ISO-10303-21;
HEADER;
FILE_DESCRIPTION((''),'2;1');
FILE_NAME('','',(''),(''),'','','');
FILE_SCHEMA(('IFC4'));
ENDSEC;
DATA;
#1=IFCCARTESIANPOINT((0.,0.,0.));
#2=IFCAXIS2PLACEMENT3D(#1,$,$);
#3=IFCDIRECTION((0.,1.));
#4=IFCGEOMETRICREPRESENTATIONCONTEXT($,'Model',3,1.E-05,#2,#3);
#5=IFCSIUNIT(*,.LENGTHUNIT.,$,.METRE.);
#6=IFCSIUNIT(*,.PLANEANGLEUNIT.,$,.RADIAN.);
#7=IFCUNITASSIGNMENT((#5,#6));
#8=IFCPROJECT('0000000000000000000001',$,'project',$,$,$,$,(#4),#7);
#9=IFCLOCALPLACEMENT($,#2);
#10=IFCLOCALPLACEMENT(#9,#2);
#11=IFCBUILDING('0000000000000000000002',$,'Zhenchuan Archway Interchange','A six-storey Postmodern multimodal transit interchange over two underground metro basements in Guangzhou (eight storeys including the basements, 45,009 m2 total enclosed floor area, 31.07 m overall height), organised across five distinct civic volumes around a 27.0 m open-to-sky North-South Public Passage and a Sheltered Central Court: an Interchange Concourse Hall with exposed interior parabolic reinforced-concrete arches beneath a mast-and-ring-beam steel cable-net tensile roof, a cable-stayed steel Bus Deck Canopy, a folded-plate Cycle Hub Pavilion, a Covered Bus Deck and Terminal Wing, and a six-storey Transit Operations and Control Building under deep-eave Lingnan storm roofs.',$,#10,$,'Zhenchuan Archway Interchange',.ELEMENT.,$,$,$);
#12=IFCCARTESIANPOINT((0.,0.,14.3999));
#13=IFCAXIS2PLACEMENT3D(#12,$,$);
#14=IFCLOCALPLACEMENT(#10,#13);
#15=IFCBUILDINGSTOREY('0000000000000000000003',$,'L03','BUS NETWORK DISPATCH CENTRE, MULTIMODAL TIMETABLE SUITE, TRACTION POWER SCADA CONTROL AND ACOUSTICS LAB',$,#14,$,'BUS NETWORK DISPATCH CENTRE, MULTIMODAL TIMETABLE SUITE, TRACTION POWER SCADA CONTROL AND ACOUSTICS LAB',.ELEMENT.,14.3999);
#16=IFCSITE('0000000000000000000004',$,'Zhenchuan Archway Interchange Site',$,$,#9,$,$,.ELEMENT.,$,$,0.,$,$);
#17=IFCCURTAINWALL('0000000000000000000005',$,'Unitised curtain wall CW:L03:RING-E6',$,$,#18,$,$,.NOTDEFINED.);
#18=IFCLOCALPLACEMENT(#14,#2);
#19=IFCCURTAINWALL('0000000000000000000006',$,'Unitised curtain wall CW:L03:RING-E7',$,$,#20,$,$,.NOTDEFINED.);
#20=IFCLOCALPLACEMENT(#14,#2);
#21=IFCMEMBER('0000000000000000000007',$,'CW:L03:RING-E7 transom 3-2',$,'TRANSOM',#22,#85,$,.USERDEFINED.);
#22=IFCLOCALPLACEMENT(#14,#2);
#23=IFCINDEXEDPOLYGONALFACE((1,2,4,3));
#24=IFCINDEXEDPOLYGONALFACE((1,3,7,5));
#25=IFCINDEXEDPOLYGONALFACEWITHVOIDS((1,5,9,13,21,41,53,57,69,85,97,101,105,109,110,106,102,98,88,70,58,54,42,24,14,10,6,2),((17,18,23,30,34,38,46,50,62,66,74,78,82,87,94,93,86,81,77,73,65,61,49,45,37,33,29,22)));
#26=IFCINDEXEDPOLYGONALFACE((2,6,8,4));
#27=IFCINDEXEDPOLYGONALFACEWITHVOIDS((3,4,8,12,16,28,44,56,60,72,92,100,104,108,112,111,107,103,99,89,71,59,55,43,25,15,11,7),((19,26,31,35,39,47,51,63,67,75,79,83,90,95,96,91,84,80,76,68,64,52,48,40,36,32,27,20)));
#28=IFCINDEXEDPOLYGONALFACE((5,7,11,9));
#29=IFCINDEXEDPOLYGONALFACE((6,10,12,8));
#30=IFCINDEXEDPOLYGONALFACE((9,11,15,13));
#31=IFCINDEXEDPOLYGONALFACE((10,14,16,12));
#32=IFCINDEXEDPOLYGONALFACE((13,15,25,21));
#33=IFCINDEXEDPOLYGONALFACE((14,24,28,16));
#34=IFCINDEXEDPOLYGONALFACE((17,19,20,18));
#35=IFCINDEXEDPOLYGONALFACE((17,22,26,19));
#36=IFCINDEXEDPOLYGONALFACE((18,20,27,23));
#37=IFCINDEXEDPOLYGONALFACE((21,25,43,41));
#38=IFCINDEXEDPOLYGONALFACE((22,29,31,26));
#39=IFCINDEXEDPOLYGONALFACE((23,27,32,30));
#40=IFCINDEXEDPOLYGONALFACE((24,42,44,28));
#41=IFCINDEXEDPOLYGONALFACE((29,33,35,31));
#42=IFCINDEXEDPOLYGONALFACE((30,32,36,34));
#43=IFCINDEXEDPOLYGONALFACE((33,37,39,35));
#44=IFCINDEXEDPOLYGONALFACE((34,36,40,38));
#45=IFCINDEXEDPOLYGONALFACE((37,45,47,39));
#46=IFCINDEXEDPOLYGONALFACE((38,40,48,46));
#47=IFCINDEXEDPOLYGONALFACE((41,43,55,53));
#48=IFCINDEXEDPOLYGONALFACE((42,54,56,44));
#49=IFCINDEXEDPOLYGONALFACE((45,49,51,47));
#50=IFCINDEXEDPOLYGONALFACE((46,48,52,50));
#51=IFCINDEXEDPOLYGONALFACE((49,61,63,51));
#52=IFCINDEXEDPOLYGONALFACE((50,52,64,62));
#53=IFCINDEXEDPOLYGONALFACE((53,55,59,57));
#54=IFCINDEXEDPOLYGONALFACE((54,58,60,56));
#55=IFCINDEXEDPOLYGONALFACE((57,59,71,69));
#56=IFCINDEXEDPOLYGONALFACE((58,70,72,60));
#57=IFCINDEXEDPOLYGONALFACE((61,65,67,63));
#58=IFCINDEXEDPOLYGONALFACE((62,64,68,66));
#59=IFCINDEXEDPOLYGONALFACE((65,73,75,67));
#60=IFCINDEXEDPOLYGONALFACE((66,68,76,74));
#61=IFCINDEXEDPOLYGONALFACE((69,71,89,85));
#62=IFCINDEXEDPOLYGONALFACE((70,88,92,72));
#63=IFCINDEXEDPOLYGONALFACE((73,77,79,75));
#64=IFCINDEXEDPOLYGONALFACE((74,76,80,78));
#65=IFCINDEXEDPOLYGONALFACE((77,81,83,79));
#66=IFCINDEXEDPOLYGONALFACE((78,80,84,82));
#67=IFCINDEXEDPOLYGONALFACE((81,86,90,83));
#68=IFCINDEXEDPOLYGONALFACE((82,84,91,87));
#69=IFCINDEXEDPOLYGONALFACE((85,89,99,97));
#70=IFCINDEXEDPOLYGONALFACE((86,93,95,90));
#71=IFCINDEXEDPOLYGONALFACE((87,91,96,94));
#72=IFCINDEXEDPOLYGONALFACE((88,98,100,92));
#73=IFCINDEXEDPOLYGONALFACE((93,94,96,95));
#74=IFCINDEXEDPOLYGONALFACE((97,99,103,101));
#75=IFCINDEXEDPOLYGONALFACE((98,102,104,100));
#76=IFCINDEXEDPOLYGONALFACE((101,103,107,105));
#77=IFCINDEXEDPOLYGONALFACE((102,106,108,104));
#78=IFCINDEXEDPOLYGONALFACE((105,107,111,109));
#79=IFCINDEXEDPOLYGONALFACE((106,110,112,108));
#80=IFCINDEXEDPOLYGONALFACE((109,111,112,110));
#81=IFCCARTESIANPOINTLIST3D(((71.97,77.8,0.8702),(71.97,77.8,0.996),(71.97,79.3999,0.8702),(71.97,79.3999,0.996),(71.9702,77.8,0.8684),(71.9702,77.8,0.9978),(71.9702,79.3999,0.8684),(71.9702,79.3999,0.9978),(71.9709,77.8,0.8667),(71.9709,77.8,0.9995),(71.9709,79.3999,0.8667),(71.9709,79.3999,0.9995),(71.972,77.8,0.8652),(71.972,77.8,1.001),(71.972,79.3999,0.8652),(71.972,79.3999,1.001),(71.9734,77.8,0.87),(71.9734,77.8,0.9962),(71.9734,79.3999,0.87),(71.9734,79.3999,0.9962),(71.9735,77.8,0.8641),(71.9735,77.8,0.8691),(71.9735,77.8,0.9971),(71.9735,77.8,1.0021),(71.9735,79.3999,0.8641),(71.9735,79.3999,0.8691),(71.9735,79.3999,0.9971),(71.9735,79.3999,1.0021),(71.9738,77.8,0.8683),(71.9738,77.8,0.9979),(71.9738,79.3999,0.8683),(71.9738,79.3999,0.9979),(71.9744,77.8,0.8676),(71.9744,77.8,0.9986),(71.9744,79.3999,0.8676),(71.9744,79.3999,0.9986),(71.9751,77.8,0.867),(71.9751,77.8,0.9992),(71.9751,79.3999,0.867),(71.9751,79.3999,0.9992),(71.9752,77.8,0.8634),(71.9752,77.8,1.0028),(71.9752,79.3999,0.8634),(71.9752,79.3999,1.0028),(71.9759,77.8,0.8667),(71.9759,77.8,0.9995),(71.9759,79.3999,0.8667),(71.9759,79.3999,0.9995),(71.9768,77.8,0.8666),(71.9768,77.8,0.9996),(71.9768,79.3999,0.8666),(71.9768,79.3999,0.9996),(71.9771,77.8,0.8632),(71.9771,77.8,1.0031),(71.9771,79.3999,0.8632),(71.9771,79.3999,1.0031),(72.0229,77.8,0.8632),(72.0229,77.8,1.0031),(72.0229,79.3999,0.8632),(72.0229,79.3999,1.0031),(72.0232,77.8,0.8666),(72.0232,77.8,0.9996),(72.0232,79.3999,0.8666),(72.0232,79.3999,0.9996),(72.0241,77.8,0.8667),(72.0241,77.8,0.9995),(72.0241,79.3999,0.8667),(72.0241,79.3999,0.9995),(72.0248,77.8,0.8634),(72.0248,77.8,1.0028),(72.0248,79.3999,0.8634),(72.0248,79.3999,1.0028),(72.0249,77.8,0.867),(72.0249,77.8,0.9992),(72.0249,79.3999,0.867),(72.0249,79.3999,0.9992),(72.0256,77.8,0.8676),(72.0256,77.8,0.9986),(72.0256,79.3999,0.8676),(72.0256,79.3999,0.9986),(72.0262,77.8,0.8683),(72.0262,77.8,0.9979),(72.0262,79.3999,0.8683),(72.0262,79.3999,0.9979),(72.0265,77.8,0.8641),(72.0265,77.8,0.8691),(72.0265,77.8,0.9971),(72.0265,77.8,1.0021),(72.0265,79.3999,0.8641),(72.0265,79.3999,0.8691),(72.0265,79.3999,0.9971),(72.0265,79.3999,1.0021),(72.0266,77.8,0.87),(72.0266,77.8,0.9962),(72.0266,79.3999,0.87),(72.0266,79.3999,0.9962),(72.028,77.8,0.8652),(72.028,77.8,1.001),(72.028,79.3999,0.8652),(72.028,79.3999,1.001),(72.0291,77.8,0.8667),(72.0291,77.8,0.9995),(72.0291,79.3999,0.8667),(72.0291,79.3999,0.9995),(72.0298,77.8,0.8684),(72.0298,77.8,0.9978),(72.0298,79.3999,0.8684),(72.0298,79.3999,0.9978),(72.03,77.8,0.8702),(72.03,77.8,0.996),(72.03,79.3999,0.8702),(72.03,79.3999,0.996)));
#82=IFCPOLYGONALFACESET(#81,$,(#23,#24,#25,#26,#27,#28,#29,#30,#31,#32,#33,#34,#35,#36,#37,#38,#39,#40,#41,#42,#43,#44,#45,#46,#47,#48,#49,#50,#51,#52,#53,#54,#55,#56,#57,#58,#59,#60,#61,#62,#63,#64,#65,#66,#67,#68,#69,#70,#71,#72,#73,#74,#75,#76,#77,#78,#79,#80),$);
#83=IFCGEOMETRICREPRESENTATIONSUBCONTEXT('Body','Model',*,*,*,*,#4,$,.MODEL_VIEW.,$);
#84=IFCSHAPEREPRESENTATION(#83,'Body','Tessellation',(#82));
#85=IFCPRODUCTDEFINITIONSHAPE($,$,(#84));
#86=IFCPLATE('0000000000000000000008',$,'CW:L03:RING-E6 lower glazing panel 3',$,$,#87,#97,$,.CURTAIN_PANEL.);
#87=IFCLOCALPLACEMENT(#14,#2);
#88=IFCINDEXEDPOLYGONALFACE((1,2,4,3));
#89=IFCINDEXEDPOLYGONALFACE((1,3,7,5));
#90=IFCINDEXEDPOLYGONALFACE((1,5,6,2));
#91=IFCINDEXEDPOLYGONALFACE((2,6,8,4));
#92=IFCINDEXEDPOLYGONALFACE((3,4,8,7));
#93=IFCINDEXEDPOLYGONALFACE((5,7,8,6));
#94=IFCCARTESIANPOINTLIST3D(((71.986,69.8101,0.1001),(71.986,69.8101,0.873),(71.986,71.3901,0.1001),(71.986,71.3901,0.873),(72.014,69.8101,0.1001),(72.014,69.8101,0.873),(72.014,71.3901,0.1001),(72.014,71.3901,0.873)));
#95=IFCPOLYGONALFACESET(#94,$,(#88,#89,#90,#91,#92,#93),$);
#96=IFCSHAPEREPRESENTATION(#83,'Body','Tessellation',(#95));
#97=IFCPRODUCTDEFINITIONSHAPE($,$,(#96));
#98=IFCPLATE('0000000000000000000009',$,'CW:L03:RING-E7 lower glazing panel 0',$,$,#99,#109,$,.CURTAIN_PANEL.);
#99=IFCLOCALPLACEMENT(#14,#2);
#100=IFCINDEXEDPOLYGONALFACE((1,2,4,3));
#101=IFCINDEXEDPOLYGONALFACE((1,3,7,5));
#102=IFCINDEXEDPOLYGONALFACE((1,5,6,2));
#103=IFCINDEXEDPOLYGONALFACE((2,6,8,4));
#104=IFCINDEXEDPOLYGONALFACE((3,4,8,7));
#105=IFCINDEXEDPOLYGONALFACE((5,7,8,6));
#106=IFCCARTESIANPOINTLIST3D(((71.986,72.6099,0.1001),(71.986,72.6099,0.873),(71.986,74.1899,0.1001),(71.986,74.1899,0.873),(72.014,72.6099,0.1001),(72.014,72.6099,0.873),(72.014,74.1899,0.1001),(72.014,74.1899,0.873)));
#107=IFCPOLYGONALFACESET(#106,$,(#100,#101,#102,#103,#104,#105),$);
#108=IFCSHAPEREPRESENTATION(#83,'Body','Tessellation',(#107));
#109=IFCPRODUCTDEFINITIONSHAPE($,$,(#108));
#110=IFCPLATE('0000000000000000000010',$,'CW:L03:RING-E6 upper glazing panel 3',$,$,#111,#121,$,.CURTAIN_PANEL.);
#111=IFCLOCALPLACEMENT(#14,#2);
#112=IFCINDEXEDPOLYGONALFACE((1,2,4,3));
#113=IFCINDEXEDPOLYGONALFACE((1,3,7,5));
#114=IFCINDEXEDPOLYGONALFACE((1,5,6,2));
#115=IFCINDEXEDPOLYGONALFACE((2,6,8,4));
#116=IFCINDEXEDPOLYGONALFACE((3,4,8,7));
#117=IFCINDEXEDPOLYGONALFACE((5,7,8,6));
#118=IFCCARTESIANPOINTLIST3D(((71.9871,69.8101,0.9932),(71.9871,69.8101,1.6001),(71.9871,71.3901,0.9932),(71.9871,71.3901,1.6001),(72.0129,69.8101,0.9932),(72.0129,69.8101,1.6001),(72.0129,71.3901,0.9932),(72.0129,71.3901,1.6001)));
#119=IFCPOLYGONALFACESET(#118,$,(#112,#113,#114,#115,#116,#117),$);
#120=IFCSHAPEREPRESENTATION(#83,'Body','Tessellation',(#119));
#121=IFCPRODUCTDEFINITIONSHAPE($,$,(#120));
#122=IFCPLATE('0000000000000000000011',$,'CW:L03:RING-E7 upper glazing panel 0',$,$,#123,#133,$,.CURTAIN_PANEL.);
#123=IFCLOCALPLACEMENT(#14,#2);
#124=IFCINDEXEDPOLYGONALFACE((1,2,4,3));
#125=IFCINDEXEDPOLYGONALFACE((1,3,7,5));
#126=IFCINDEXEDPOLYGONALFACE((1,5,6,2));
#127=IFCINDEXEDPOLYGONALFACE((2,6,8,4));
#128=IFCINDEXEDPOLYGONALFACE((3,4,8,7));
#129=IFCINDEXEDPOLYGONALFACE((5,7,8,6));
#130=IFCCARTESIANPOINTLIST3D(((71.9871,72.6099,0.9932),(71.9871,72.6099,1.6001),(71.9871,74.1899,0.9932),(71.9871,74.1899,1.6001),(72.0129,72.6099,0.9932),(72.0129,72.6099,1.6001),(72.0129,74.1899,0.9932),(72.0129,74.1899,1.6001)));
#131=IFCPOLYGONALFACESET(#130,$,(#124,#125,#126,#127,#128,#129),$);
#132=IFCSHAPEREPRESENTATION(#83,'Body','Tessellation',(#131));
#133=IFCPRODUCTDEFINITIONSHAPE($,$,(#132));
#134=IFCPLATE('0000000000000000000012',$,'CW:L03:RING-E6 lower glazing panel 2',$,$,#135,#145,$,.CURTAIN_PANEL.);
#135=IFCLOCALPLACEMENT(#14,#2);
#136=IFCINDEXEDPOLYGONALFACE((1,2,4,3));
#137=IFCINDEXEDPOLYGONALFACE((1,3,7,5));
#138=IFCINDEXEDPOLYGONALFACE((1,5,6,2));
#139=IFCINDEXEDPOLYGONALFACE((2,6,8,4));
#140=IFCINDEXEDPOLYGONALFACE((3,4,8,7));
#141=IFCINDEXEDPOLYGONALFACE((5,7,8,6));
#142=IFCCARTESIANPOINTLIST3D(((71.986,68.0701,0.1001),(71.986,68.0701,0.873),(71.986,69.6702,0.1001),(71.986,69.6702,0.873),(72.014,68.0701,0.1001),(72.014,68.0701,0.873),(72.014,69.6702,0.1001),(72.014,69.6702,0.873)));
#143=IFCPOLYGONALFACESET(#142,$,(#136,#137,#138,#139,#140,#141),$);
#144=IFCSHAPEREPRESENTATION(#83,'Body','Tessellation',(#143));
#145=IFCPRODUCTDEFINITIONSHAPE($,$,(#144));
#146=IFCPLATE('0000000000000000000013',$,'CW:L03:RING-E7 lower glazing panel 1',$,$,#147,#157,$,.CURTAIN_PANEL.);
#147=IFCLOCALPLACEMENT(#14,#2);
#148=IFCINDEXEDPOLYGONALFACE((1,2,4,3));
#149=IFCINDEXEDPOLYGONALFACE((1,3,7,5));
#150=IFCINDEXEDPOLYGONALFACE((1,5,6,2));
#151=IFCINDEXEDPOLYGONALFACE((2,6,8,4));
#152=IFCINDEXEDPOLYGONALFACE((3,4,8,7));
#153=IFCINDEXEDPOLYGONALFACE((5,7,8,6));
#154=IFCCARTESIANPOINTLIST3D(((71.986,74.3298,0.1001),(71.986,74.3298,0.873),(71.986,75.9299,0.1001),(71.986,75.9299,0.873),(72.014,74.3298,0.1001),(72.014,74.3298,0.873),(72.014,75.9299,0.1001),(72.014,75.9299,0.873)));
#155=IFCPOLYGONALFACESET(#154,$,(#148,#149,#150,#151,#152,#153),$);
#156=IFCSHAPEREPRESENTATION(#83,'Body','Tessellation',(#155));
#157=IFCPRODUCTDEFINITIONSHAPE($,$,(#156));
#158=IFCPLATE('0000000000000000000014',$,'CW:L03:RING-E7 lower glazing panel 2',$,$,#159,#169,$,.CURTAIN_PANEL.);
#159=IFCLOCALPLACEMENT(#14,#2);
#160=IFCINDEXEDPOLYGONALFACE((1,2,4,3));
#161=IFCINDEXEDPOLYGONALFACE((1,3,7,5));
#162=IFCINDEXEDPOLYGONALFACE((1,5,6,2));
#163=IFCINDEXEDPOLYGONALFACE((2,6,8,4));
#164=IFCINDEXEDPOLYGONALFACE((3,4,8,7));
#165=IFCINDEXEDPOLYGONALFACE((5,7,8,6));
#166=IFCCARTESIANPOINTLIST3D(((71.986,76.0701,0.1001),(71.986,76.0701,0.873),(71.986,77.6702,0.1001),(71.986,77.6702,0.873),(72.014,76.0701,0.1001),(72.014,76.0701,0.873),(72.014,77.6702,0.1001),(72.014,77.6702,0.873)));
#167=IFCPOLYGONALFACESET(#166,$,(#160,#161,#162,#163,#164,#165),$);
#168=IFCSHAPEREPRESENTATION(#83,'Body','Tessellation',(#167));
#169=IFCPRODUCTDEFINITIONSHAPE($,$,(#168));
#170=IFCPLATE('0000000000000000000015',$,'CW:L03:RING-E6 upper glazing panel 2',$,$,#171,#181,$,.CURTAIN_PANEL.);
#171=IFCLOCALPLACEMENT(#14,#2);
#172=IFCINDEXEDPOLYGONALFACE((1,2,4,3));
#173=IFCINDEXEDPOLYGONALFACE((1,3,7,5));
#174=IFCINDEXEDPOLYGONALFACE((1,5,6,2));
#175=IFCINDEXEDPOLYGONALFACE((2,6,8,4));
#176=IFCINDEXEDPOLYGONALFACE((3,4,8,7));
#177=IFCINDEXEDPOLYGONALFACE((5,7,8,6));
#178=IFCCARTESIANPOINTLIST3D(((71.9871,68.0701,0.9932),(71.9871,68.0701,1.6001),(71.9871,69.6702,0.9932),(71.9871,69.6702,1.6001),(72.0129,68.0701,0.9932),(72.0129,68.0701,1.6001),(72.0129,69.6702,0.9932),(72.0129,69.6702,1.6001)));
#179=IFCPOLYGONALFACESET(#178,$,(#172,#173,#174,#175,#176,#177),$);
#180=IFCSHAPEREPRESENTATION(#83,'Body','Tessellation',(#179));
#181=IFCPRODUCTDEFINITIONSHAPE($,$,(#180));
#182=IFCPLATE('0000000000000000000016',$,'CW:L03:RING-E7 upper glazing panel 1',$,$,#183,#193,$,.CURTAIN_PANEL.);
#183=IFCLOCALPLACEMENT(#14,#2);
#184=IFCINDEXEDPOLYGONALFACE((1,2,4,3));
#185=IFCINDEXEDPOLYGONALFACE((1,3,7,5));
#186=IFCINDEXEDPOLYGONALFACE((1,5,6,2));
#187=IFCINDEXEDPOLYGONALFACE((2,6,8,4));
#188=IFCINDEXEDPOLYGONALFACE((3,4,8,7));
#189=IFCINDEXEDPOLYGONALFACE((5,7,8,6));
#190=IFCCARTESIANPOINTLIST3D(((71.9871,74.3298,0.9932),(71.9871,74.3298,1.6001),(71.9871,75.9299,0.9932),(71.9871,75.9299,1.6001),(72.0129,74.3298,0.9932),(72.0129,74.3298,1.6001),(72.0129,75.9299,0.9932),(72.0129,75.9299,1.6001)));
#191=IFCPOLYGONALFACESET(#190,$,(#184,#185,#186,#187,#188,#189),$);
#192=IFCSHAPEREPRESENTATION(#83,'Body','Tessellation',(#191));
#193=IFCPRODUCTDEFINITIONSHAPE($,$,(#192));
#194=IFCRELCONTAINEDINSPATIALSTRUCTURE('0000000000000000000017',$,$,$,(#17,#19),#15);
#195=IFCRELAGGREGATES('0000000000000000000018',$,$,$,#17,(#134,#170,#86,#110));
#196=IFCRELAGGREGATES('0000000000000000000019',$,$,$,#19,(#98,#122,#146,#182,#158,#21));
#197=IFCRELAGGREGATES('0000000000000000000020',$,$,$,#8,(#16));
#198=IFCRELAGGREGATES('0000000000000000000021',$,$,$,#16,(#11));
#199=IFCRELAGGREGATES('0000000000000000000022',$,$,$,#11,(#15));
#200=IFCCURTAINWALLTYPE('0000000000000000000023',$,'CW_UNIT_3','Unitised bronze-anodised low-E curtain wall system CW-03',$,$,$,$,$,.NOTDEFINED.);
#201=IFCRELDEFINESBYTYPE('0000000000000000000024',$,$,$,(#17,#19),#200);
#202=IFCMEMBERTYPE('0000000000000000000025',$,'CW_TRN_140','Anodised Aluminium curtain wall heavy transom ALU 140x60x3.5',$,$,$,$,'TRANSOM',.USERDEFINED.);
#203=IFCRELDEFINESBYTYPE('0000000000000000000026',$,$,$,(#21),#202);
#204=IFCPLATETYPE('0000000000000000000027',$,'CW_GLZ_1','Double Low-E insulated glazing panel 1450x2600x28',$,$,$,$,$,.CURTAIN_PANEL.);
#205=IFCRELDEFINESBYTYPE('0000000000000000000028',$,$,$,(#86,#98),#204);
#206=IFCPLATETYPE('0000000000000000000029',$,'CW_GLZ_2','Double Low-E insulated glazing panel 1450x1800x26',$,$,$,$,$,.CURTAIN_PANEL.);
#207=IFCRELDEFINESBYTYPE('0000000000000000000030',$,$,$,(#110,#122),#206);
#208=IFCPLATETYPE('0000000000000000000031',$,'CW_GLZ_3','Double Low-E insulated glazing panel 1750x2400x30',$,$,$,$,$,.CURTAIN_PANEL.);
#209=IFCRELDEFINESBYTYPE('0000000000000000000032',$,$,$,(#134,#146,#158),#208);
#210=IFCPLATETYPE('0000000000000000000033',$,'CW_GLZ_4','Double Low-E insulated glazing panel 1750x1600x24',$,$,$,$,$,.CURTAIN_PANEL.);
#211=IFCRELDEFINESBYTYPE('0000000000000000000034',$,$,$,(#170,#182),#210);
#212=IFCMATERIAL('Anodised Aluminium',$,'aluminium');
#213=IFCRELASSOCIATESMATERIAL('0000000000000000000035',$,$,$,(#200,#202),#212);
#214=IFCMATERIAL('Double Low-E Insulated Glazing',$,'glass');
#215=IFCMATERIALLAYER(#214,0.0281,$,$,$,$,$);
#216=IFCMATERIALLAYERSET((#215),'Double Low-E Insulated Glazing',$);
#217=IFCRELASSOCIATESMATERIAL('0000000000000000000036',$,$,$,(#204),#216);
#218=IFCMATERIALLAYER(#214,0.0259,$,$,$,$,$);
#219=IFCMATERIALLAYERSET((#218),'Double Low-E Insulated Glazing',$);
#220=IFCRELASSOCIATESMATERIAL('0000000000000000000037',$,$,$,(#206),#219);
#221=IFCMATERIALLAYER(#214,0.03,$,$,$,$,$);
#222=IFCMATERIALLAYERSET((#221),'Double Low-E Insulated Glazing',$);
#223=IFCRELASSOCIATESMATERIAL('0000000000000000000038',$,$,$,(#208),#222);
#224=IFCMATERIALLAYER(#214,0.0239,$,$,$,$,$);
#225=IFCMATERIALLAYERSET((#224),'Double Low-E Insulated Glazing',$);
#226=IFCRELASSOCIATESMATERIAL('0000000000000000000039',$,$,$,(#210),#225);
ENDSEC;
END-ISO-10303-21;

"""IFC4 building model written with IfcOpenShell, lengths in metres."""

from ifc_helpers import new_model, si_unit, direction, frame, origin, origin_2d, place, context, subcontext, project, spatial, rectangle, hollow_rectangle, extrude, material, layer, layer_set, material_profile, profile_set, type_object, element, aggregate, save


model = new_model("IFC4")

# Units and contexts
model_context = context("Model", 3, precision=1e-05, world=origin(), true_north=direction((0.0, 1.0)))
body_context = subcontext(model_context, "Body", "Model", "MODEL_VIEW")
ifc_project = project(units=[si_unit("LENGTHUNIT", "METRE"), si_unit("PLANEANGLEUNIT", "RADIAN")], contexts=[model_context])

# Site, building, storey
site_placement = place(None, origin())
site = spatial("IfcSite", under=ifc_project, at=site_placement, Name="Zhenchuan Archway Interchange Site", CompositionType="ELEMENT", RefElevation=0.0)
building_placement = place(site_placement, origin())
building = spatial("IfcBuilding", under=site, at=building_placement, Name="Zhenchuan Archway Interchange", Description="A six-storey Postmodern multimodal transit interchange over two underground metro basements in Guangzhou (eight storeys including the basements, 45,009 m2 total enclosed floor area, 31.07 m overall height), organised across five distinct civic volumes around a 27.0 m open-to-sky North-South Public Passage and a Sheltered Central Court: an Interchange Concourse Hall with exposed interior parabolic reinforced-concrete arches beneath a mast-and-ring-beam steel cable-net tensile roof, a cable-stayed steel Bus Deck Canopy, a folded-plate Cycle Hub Pavilion, a Covered Bus Deck and Terminal Wing, and a six-storey Transit Operations and Control Building under deep-eave Lingnan storm roofs.", LongName="Zhenchuan Archway Interchange", CompositionType="ELEMENT")
storey_placement = place(building_placement, frame((0.0, 0.0, 14.3999)))
storey = spatial("IfcBuildingStorey", under=building, at=storey_placement, Name="L03", Description="BUS NETWORK DISPATCH CENTRE, MULTIMODAL TIMETABLE SUITE, TRACTION POWER SCADA CONTROL AND ACOUSTICS LAB", LongName="BUS NETWORK DISPATCH CENTRE, MULTIMODAL TIMETABLE SUITE, TRACTION POWER SCADA CONTROL AND ACOUSTICS LAB", CompositionType="ELEMENT", Elevation=14.3999)

# Curtain walls
ifc_material_1 = material(Name="Anodised Aluminium", Category="aluminium")
curtain_wall_type = type_object("IfcCurtainWallType", Name="CW_UNIT_3", Description="Unitised bronze-anodised low-E curtain wall system CW-03", PredefinedType="NOTDEFINED", material=ifc_material_1)
curtain_wall_1_placement = place(storey_placement, origin())
curtain_wall_1 = element("IfcCurtainWall", 1, at=curtain_wall_1_placement, inside=storey, type_object=curtain_wall_type, Name="Unitised curtain wall CW:L03:RING-E6", PredefinedType="NOTDEFINED")
curtain_wall_2_placement = place(storey_placement, origin())
curtain_wall_2 = element("IfcCurtainWall", 2, at=curtain_wall_2_placement, inside=storey, type_object=curtain_wall_type, Name="Unitised curtain wall CW:L03:RING-E7", PredefinedType="NOTDEFINED")

# Member
ifc_material_profile_1 = material_profile(ifc_material_1, hollow_rectangle(XDim=0.0601, YDim=0.1399, WallThickness=0.0034, InnerFilletRadius=0.0034, OuterFilletRadius=0.0071, at=origin_2d()), Name="ALU 140x60x3.5")
ifc_profile_set_1 = profile_set([ifc_material_profile_1], Name="Anodised Aluminium")
member_type_1 = type_object("IfcMemberType", Name="CW_TRN_140", Description="Anodised Aluminium curtain wall heavy transom ALU 140x60x3.5", ElementType="TRANSOM", PredefinedType="USERDEFINED", material=ifc_profile_set_1)
member_1_placement = place(storey_placement, frame((72.0, 77.8, 0.9331), z_axis=(0.0, 1.0, 0.0), x_axis=(-1.0, 0.0, 0.0)))
member_1 = element("IfcMember", 3, at=member_1_placement, type_object=member_type_1, Name="CW:L03:RING-E7 transom 3-2", ObjectType="TRANSOM", PredefinedType="USERDEFINED", context=body_context, shape_type="SweptSolid", body=[
    extrude(hollow_rectangle(XDim=0.0601, YDim=0.1399, WallThickness=0.0034, InnerFilletRadius=0.0034, OuterFilletRadius=0.0071, at=origin_2d()), origin(), (0.0, 0.0, 1.0), 1.5999),
])

# Plates
ifc_material_2 = material(Name="Double Low-E Insulated Glazing", Category="glass")
ifc_layer_1 = layer(ifc_material_2, 0.0281)
ifc_layer_set_1 = layer_set([ifc_layer_1], Name="Double Low-E Insulated Glazing")
plate_type_1 = type_object("IfcPlateType", Name="CW_GLZ_1", Description="Double Low-E insulated glazing panel 1450x2600x28", PredefinedType="CURTAIN_PANEL", material=ifc_layer_set_1)
plate_1_placement = place(storey_placement, frame((72.0, 70.6001, 0.1001), z_axis=(0.0, 0.0, 1.0), x_axis=(0.0, 1.0, 0.0)))
plate_1 = element("IfcPlate", 4, at=plate_1_placement, type_object=plate_type_1, Name="CW:L03:RING-E6 lower glazing panel 3", PredefinedType="CURTAIN_PANEL", context=body_context, shape_type="SweptSolid", body=[
    extrude(rectangle(XDim=1.5801, YDim=0.0281, at=origin_2d()), origin(), (0.0, 0.0, 1.0), 0.7729),
])
plate_2_placement = place(storey_placement, frame((72.0, 73.3999, 0.1001), z_axis=(0.0, 0.0, 1.0), x_axis=(0.0, 1.0, 0.0)))
plate_2 = element("IfcPlate", 5, at=plate_2_placement, type_object=plate_type_1, Name="CW:L03:RING-E7 lower glazing panel 0", PredefinedType="CURTAIN_PANEL", context=body_context, shape_type="SweptSolid", body=[
    extrude(rectangle(XDim=1.5801, YDim=0.0281, at=origin_2d()), origin(), (0.0, 0.0, 1.0), 0.7729),
])
ifc_layer_2 = layer(ifc_material_2, 0.0259)
ifc_layer_set_2 = layer_set([ifc_layer_2], Name="Double Low-E Insulated Glazing")
plate_type_2 = type_object("IfcPlateType", Name="CW_GLZ_2", Description="Double Low-E insulated glazing panel 1450x1800x26", PredefinedType="CURTAIN_PANEL", material=ifc_layer_set_2)
plate_3_placement = place(storey_placement, frame((72.0, 70.6001, 0.9932), z_axis=(0.0, 0.0, 1.0), x_axis=(0.0, 1.0, 0.0)))
plate_3 = element("IfcPlate", 6, at=plate_3_placement, type_object=plate_type_2, Name="CW:L03:RING-E6 upper glazing panel 3", PredefinedType="CURTAIN_PANEL", context=body_context, shape_type="SweptSolid", body=[
    extrude(rectangle(XDim=1.5801, YDim=0.0259, at=origin_2d()), origin(), (0.0, 0.0, 1.0), 0.6069),
])
plate_4_placement = place(storey_placement, frame((72.0, 73.3999, 0.9932), z_axis=(0.0, 0.0, 1.0), x_axis=(0.0, 1.0, 0.0)))
plate_4 = element("IfcPlate", 7, at=plate_4_placement, type_object=plate_type_2, Name="CW:L03:RING-E7 upper glazing panel 0", PredefinedType="CURTAIN_PANEL", context=body_context, shape_type="SweptSolid", body=[
    extrude(rectangle(XDim=1.5801, YDim=0.0259, at=origin_2d()), origin(), (0.0, 0.0, 1.0), 0.6069),
])
ifc_layer_3 = layer(ifc_material_2, 0.03)
ifc_layer_set_3 = layer_set([ifc_layer_3], Name="Double Low-E Insulated Glazing")
plate_type_3 = type_object("IfcPlateType", Name="CW_GLZ_3", Description="Double Low-E insulated glazing panel 1750x2400x30", PredefinedType="CURTAIN_PANEL", material=ifc_layer_set_3)
plate_5_placement = place(storey_placement, frame((72.0, 68.8701, 0.1001), z_axis=(0.0, 0.0, 1.0), x_axis=(0.0, 1.0, 0.0)))
plate_5 = element("IfcPlate", 8, at=plate_5_placement, type_object=plate_type_3, Name="CW:L03:RING-E6 lower glazing panel 2", PredefinedType="CURTAIN_PANEL", context=body_context, shape_type="SweptSolid", body=[
    extrude(rectangle(XDim=1.6001, YDim=0.0281, at=origin_2d()), origin(), (0.0, 0.0, 1.0), 0.7729),
])
plate_6_placement = place(storey_placement, frame((72.0, 75.1299, 0.1001), z_axis=(0.0, 0.0, 1.0), x_axis=(0.0, 1.0, 0.0)))
plate_6 = element("IfcPlate", 9, at=plate_6_placement, type_object=plate_type_3, Name="CW:L03:RING-E7 lower glazing panel 1", PredefinedType="CURTAIN_PANEL", context=body_context, shape_type="SweptSolid", body=[
    extrude(rectangle(XDim=1.6001, YDim=0.0281, at=origin_2d()), origin(), (0.0, 0.0, 1.0), 0.7729),
])
plate_7_placement = place(storey_placement, frame((72.0, 76.8701, 0.1001), z_axis=(0.0, 0.0, 1.0), x_axis=(0.0, 1.0, 0.0)))
plate_7 = element("IfcPlate", 10, at=plate_7_placement, type_object=plate_type_3, Name="CW:L03:RING-E7 lower glazing panel 2", PredefinedType="CURTAIN_PANEL", context=body_context, shape_type="SweptSolid", body=[
    extrude(rectangle(XDim=1.6001, YDim=0.0281, at=origin_2d()), origin(), (0.0, 0.0, 1.0), 0.7729),
])
ifc_layer_4 = layer(ifc_material_2, 0.0239)
ifc_layer_set_4 = layer_set([ifc_layer_4], Name="Double Low-E Insulated Glazing")
plate_type_4 = type_object("IfcPlateType", Name="CW_GLZ_4", Description="Double Low-E insulated glazing panel 1750x1600x24", PredefinedType="CURTAIN_PANEL", material=ifc_layer_set_4)
plate_8_placement = place(storey_placement, frame((72.0, 68.8701, 0.9932), z_axis=(0.0, 0.0, 1.0), x_axis=(0.0, 1.0, 0.0)))
plate_8 = element("IfcPlate", 11, at=plate_8_placement, type_object=plate_type_4, Name="CW:L03:RING-E6 upper glazing panel 2", PredefinedType="CURTAIN_PANEL", context=body_context, shape_type="SweptSolid", body=[
    extrude(rectangle(XDim=1.6001, YDim=0.0259, at=origin_2d()), origin(), (0.0, 0.0, 1.0), 0.6069),
])
aggregate(curtain_wall_1, [plate_5, plate_8, plate_1, plate_3])
plate_9_placement = place(storey_placement, frame((72.0, 75.1299, 0.9932), z_axis=(0.0, 0.0, 1.0), x_axis=(0.0, 1.0, 0.0)))
plate_9 = element("IfcPlate", 12, at=plate_9_placement, type_object=plate_type_4, Name="CW:L03:RING-E7 upper glazing panel 1", PredefinedType="CURTAIN_PANEL", context=body_context, shape_type="SweptSolid", body=[
    extrude(rectangle(XDim=1.6001, YDim=0.0259, at=origin_2d()), origin(), (0.0, 0.0, 1.0), 0.6069),
])
aggregate(curtain_wall_2, [plate_2, plate_4, plate_6, plate_9, plate_7, member_1])

save(model, "model.ifc")
